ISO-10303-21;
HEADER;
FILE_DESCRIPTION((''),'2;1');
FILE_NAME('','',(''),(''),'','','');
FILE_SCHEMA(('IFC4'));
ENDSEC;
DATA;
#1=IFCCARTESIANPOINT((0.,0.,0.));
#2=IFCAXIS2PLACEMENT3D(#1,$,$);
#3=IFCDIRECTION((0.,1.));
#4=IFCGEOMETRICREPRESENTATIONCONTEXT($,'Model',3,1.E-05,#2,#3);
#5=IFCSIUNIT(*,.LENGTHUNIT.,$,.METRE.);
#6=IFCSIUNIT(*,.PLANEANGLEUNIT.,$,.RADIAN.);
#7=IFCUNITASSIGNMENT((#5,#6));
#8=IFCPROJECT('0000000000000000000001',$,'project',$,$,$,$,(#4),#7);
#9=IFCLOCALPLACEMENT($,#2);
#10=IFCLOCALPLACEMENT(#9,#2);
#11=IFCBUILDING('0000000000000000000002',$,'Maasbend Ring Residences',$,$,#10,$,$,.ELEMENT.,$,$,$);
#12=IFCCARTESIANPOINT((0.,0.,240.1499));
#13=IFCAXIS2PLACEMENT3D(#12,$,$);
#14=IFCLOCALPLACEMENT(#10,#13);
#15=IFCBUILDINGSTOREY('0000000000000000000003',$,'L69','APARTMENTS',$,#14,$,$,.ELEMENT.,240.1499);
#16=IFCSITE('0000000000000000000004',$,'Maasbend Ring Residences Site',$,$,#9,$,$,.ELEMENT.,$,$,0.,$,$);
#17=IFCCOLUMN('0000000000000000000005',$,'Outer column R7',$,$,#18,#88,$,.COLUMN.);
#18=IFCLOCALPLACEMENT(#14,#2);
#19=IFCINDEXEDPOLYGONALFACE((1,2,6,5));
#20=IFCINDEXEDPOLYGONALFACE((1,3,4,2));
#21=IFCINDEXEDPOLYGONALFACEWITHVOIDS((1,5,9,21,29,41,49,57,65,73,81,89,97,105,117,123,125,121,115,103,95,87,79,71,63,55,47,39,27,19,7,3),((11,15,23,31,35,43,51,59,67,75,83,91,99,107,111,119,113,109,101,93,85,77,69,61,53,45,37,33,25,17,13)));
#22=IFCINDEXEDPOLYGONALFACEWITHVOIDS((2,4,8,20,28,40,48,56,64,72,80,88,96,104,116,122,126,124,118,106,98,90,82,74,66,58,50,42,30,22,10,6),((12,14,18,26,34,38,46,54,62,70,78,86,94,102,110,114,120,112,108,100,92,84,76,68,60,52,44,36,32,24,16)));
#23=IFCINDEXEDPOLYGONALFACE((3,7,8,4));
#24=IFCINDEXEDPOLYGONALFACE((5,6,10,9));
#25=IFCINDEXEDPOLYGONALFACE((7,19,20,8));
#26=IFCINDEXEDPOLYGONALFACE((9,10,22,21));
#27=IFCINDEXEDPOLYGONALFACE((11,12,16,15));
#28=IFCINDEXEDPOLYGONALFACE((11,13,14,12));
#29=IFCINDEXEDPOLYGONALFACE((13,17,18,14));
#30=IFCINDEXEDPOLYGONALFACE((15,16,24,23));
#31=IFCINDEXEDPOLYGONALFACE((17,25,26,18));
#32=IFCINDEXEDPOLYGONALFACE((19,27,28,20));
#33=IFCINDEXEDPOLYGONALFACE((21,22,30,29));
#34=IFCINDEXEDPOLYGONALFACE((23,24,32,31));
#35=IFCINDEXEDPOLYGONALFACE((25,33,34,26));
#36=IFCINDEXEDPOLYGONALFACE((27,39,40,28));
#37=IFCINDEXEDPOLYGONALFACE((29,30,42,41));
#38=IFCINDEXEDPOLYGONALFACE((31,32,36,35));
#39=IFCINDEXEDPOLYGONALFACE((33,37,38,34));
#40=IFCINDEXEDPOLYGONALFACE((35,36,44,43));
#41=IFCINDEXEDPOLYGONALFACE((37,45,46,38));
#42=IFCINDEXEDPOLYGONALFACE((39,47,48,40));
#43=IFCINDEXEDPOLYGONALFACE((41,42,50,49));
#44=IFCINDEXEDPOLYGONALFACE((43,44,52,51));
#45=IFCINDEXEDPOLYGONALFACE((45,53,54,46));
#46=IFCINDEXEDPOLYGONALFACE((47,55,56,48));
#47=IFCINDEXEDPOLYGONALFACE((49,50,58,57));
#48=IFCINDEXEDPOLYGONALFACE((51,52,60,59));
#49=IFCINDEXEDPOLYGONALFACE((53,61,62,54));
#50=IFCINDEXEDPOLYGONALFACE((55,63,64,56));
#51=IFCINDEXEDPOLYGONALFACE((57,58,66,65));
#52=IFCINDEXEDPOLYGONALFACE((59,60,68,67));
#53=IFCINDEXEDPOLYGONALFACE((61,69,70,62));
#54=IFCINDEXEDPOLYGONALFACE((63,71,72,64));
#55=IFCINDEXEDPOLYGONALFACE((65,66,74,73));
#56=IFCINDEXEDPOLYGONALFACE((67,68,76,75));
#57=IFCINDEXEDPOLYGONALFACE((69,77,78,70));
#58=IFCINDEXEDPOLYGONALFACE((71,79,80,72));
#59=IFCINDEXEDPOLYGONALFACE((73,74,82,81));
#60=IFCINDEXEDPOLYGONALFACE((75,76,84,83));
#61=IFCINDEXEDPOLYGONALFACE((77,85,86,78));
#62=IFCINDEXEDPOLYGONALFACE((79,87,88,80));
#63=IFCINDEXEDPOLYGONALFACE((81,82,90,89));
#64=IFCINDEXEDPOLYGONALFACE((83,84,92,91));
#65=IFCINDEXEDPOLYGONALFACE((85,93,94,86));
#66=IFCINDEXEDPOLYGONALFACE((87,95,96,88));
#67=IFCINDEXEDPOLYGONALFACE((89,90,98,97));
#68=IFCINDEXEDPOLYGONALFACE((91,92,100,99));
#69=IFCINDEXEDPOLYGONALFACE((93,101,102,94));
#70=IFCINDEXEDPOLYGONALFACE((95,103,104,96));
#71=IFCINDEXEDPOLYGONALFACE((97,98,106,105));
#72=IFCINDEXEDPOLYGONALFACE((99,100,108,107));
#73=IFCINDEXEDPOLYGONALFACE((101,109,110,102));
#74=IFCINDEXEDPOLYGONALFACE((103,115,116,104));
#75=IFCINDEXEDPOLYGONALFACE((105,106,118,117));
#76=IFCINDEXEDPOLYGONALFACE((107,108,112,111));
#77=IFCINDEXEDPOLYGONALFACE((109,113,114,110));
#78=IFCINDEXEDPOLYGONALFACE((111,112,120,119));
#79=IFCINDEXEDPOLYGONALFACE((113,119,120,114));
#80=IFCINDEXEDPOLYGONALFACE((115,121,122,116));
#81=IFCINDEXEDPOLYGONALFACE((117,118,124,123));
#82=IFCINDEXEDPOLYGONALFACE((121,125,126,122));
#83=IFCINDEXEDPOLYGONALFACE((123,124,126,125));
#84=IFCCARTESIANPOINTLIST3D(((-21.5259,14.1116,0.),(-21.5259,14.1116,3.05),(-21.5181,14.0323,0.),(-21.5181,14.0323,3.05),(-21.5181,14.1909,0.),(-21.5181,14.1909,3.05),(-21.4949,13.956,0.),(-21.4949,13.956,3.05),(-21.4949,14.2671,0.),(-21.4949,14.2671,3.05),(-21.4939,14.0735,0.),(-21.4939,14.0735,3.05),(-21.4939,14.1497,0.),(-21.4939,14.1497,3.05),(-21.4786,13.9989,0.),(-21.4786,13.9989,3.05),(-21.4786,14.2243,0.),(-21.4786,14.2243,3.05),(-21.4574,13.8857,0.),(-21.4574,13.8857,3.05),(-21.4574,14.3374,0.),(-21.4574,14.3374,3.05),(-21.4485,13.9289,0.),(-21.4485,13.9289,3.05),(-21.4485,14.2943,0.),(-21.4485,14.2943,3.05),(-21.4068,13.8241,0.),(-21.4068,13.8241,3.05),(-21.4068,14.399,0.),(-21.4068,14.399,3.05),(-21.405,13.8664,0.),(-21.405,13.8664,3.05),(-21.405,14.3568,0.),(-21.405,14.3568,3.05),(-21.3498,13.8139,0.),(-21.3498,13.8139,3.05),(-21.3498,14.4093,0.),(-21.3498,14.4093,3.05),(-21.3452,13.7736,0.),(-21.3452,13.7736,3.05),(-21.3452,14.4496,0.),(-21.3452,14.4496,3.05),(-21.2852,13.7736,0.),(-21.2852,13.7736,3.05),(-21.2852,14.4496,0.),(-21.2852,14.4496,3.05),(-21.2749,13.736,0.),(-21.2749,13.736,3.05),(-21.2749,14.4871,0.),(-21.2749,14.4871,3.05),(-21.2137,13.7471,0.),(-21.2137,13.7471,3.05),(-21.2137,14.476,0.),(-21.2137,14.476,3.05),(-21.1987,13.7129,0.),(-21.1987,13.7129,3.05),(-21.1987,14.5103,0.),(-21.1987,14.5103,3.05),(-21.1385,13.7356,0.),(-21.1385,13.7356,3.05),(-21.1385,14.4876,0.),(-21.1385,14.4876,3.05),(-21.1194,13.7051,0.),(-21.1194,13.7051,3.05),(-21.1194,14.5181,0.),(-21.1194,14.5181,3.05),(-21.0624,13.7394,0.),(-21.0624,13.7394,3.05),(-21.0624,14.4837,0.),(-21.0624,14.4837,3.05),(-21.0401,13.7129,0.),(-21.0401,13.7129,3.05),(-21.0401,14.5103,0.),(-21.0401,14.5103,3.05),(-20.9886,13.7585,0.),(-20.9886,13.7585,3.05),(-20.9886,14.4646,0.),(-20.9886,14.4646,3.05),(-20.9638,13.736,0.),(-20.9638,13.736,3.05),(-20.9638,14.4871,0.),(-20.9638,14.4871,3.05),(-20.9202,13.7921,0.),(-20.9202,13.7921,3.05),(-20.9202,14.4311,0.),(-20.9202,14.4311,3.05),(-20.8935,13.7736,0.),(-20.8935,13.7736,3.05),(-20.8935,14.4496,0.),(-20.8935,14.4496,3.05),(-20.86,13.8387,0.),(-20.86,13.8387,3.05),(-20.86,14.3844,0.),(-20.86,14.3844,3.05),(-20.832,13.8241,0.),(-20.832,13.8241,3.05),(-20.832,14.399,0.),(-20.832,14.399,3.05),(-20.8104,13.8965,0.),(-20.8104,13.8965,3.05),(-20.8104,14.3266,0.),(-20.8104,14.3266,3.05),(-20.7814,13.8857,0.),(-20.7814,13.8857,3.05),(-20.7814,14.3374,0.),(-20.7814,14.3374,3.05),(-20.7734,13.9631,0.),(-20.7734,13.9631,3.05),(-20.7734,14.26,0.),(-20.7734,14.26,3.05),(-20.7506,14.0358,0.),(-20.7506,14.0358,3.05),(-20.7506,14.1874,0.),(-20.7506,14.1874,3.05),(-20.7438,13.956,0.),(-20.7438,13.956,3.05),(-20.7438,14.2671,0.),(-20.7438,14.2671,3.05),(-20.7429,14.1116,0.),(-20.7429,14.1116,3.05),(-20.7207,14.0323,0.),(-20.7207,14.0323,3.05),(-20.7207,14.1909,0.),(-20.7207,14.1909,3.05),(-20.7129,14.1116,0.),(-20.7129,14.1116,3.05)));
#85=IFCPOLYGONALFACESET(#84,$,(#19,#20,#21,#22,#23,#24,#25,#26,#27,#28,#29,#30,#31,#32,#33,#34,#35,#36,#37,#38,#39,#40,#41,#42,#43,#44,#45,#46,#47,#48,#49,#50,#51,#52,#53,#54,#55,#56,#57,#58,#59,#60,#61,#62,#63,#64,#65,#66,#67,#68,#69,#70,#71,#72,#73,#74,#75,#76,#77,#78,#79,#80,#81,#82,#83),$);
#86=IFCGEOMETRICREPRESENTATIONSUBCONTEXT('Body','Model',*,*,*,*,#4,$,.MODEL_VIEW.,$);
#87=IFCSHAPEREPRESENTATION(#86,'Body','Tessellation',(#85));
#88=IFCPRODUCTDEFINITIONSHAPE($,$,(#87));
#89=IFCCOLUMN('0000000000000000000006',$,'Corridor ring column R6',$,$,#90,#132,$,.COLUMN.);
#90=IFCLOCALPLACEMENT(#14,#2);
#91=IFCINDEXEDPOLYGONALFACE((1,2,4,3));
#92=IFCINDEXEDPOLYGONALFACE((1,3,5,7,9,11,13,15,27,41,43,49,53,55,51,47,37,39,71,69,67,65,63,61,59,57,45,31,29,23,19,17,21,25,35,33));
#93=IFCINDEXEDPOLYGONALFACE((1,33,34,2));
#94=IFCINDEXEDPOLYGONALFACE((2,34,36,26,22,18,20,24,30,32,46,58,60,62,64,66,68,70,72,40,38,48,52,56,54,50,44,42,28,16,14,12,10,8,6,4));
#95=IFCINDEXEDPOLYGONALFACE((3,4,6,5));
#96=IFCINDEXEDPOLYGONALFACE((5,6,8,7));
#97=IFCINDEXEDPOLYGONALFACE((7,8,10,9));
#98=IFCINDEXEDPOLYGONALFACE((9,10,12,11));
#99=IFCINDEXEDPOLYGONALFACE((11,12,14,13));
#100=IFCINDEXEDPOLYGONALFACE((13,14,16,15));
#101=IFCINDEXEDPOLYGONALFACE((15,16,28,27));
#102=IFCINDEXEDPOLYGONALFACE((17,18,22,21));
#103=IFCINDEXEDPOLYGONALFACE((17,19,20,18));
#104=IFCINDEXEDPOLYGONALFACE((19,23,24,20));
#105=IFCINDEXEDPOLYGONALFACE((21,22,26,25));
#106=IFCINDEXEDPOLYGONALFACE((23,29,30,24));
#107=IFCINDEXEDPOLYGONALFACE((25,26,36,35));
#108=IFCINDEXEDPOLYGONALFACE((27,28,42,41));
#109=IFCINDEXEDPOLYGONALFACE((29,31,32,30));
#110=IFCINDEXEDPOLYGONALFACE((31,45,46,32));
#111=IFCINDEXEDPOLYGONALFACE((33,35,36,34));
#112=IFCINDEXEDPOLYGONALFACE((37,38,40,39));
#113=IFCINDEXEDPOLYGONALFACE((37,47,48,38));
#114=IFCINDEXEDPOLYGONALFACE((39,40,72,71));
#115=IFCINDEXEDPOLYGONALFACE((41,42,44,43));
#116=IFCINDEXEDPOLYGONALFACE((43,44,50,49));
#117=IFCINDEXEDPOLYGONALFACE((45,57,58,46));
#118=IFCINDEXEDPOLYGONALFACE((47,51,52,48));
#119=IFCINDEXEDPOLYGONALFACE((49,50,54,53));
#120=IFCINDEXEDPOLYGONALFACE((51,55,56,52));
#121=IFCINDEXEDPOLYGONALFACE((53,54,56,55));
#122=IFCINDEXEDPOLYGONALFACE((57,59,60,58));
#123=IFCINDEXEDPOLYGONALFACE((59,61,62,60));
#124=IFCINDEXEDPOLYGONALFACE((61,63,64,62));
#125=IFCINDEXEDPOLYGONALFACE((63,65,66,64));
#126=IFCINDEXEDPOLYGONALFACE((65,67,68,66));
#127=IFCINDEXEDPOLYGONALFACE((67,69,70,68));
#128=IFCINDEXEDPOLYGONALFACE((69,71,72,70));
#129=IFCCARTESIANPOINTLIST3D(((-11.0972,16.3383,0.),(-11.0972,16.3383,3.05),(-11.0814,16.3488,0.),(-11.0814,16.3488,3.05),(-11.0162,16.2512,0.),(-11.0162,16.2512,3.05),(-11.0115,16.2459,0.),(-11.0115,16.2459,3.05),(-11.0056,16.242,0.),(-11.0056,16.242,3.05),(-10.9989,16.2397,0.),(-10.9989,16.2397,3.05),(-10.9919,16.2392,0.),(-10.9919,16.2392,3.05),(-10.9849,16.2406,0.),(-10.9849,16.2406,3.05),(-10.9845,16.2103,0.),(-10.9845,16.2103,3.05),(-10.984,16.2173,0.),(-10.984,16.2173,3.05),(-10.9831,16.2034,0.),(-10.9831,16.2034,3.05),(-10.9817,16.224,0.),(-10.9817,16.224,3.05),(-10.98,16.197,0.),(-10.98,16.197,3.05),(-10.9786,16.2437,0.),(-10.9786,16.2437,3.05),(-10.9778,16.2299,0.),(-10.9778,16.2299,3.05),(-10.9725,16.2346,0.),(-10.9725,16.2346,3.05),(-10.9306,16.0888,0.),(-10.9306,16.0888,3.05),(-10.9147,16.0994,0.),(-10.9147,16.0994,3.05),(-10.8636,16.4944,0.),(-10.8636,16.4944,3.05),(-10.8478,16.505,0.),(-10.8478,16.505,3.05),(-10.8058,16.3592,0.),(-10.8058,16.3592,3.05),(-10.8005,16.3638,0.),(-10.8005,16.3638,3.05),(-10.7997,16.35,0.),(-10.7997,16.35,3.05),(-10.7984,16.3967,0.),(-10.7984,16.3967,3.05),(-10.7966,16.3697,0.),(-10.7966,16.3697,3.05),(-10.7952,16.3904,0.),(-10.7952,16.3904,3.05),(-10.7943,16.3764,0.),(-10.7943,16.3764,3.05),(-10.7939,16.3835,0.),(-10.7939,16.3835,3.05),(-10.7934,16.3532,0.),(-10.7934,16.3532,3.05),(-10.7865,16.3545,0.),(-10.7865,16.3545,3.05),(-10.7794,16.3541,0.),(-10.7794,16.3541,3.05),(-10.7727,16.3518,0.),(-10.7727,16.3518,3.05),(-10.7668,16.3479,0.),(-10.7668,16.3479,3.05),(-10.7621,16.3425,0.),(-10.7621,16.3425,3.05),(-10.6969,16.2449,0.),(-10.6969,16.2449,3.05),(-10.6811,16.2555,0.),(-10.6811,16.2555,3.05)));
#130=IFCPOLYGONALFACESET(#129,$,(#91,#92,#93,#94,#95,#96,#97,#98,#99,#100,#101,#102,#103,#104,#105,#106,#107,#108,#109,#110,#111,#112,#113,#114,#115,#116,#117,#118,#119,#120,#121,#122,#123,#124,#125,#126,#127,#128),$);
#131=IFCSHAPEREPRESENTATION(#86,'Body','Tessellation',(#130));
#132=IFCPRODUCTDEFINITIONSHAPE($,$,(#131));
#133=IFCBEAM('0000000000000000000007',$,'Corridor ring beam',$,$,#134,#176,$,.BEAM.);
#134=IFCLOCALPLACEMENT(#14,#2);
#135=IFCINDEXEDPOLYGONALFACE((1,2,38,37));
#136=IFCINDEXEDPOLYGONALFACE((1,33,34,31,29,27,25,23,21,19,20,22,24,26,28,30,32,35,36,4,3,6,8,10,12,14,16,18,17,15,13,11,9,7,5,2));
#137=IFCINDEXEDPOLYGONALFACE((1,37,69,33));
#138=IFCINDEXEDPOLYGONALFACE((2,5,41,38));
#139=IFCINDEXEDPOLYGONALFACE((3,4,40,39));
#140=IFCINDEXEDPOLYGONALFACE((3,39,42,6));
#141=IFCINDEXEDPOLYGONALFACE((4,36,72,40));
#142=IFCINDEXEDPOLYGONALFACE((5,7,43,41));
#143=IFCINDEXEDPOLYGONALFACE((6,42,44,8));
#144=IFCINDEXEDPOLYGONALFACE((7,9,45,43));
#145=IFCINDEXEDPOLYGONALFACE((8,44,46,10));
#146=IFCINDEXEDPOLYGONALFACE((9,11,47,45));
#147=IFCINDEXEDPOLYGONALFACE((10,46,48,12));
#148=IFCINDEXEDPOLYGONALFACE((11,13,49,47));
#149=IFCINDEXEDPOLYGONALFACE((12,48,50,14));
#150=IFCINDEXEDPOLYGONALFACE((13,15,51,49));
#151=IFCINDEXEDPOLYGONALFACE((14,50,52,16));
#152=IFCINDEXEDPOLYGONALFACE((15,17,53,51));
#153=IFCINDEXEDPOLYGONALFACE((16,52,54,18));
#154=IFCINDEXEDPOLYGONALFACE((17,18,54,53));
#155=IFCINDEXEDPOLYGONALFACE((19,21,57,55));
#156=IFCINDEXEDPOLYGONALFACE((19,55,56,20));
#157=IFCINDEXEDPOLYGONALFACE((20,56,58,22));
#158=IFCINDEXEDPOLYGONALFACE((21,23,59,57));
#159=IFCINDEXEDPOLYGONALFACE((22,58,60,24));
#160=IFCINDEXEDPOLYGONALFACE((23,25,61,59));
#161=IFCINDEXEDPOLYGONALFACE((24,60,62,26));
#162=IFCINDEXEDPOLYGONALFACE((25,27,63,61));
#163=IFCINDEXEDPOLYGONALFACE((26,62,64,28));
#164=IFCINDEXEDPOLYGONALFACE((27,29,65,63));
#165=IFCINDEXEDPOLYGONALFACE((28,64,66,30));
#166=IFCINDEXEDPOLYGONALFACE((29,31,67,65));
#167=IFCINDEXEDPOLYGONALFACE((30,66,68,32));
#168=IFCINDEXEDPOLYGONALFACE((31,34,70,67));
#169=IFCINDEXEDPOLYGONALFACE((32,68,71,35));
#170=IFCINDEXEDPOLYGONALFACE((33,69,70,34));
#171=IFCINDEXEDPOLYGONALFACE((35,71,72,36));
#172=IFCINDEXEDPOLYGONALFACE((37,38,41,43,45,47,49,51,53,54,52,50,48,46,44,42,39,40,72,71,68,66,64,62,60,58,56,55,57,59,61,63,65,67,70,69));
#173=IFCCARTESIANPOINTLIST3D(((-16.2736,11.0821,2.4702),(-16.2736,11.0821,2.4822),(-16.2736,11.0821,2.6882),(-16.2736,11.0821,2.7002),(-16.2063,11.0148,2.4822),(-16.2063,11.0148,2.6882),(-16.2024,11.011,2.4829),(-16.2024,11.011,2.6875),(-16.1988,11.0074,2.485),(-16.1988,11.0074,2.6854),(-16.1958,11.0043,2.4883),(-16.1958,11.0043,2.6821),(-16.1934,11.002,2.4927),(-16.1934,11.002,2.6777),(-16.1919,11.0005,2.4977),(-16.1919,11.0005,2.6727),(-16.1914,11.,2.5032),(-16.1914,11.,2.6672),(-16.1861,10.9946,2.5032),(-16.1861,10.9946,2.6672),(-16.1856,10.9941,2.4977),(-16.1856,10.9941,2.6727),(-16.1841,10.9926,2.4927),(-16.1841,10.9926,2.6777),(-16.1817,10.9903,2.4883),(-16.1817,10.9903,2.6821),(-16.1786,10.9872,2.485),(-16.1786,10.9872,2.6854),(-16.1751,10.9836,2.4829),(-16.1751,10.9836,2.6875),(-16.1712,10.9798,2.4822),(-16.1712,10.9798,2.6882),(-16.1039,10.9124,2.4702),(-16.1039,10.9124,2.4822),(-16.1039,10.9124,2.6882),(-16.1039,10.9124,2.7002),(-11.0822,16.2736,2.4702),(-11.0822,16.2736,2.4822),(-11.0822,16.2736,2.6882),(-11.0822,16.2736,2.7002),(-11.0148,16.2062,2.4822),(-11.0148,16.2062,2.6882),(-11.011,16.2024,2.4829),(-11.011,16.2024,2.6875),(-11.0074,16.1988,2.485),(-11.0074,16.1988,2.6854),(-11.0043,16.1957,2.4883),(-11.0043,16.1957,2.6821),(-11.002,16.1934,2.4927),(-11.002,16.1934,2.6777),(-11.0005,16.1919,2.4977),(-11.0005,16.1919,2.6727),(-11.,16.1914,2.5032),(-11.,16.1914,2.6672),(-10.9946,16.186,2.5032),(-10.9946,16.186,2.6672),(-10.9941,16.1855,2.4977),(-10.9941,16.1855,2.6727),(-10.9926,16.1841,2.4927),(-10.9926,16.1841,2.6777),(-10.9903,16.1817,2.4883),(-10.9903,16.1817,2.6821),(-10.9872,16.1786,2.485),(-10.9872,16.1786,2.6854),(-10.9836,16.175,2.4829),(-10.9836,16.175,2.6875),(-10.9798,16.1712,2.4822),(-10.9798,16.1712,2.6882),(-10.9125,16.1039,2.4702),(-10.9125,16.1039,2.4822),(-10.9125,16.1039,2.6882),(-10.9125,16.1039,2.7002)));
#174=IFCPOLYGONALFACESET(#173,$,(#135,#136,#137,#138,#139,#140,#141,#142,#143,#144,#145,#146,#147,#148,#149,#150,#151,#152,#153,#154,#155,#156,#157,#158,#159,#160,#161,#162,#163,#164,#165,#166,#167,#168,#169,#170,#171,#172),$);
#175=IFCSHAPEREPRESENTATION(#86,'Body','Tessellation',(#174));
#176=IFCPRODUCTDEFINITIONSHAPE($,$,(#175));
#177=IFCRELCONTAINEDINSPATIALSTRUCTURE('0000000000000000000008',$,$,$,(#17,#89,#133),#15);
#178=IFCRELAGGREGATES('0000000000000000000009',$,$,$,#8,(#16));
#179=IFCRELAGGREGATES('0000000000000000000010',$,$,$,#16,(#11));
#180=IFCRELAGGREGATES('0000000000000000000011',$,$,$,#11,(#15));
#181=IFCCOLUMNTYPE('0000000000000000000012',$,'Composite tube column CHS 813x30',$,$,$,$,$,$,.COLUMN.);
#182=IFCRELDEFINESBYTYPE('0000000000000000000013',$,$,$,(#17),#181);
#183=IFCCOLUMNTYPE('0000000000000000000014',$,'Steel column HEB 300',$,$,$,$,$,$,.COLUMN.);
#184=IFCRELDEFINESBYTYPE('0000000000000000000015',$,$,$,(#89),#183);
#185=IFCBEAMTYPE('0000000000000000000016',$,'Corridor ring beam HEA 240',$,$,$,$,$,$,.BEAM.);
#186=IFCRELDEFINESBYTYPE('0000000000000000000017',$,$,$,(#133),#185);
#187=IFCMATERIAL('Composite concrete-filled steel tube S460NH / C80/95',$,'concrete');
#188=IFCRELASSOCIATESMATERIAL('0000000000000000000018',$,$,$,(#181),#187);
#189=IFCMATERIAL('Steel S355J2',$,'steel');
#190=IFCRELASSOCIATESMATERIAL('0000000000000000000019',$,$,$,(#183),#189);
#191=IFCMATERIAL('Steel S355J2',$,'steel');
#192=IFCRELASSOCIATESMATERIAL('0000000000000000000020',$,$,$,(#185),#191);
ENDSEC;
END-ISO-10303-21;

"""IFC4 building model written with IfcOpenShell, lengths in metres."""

from ifc_helpers import new_model, si_unit, direction, frame, origin, origin_2d, place, context, subcontext, project, spatial, hollow_circle, i_section, extrude, material, material_profile, profile_set, type_object, element, save


model = new_model("IFC4")

# Units and contexts
model_context = context("Model", 3, precision=1e-05, world=origin(), true_north=direction((0.0, 1.0)))
body_context = subcontext(model_context, "Body", "Model", "MODEL_VIEW")
ifc_project = project(units=[si_unit("LENGTHUNIT", "METRE"), si_unit("PLANEANGLEUNIT", "RADIAN")], contexts=[model_context])

# Site, building, storey
site_placement = place(None, origin())
site = spatial("IfcSite", under=ifc_project, at=site_placement, Name="Maasbend Ring Residences Site", CompositionType="ELEMENT", RefElevation=0.0)
building_placement = place(site_placement, origin())
building = spatial("IfcBuilding", under=site, at=building_placement, Name="Maasbend Ring Residences", CompositionType="ELEMENT")
storey_placement = place(building_placement, frame((0.0, 0.0, 240.1499)))
storey = spatial("IfcBuildingStorey", under=building, at=storey_placement, Name="L69", Description="APARTMENTS", CompositionType="ELEMENT", Elevation=240.1499)

# Columns
ifc_material_1 = material(Name="Composite concrete-filled steel tube S460NH / C80/95", Category="concrete")
ifc_material_profile_1 = material_profile(ifc_material_1, hollow_circle(Radius=0.4065, WallThickness=0.03, at=origin_2d()), Name="Composite tube column CHS 813x30")
ifc_profile_set_1 = profile_set([ifc_material_profile_1], Name="Composite concrete-filled steel tube S460NH / C80/95")
column_type_1 = type_object("IfcColumnType", Name="Composite tube column CHS 813x30", PredefinedType="COLUMN", material=ifc_profile_set_1)
column_1_placement = place(storey_placement, frame((-21.1194, 14.1116, 0.0), z_axis=(0.0, 0.0, 1.0), x_axis=(1.0, 0.0, 0.0)))
element("IfcColumn", 1, at=column_1_placement, inside=storey, type_object=column_type_1, Name="Outer column R7", PredefinedType="COLUMN", context=body_context, shape_type="SweptSolid", body=[
    extrude(hollow_circle(Radius=0.4065, WallThickness=0.03, at=origin_2d()), origin(), (0.0, 0.0, 1.0), 3.05),
])
ifc_material_2 = material(Name="Steel S355J2", Category="steel")
ifc_material_profile_2 = material_profile(ifc_material_2, i_section(OverallWidth=0.3, OverallDepth=0.3, WebThickness=0.011, FlangeThickness=0.019, FilletRadius=0.0271, at=origin_2d()), Name="HEB 300")
ifc_profile_set_2 = profile_set([ifc_material_profile_2], Name="Steel S355J2")
column_type_2 = type_object("IfcColumnType", Name="Steel column HEB 300", PredefinedType="COLUMN", material=ifc_profile_set_2)
column_2_placement = place(storey_placement, frame((-10.8892, 16.2969, 0.0), z_axis=(0.0, 0.0, 1.0), x_axis=(-0.55557, 0.83147, 0.0)))
element("IfcColumn", 2, at=column_2_placement, inside=storey, type_object=column_type_2, Name="Corridor ring column R6", PredefinedType="COLUMN", context=body_context, shape_type="SweptSolid", body=[
    extrude(i_section(OverallWidth=0.3, OverallDepth=0.3, WebThickness=0.011, FlangeThickness=0.019, FilletRadius=0.0271, at=origin_2d()), origin(), (0.0, 0.0, 1.0), 3.05),
])

# Beam
ifc_material_3 = material(Name="Steel S355J2", Category="steel")
ifc_material_profile_3 = material_profile(ifc_material_3, i_section(OverallWidth=0.24, OverallDepth=0.23, WebThickness=0.0076, FlangeThickness=0.012, FilletRadius=0.021, at=origin_2d()), Name="HEA 240")
ifc_profile_set_3 = profile_set([ifc_material_profile_3], Name="Steel S355J2")
beam_type = type_object("IfcBeamType", Name="Corridor ring beam HEA 240", PredefinedType="BEAM", material=ifc_profile_set_3)
beam_placement = place(storey_placement, frame((-10.9973, 16.1887, 2.5852), z_axis=(-0.707107, -0.707107, 0.0), x_axis=(0.707107, -0.707107, 0.0)))
element("IfcBeam", 3, at=beam_placement, inside=storey, type_object=beam_type, Name="Corridor ring beam", PredefinedType="BEAM", context=body_context, shape_type="SweptSolid", body=[
    extrude(i_section(OverallWidth=0.24, OverallDepth=0.23, WebThickness=0.0076, FlangeThickness=0.012, FilletRadius=0.021, at=origin_2d()), origin(), (0.0, 0.0, 1.0), 7.3418),
])

save(model, "model.ifc")
